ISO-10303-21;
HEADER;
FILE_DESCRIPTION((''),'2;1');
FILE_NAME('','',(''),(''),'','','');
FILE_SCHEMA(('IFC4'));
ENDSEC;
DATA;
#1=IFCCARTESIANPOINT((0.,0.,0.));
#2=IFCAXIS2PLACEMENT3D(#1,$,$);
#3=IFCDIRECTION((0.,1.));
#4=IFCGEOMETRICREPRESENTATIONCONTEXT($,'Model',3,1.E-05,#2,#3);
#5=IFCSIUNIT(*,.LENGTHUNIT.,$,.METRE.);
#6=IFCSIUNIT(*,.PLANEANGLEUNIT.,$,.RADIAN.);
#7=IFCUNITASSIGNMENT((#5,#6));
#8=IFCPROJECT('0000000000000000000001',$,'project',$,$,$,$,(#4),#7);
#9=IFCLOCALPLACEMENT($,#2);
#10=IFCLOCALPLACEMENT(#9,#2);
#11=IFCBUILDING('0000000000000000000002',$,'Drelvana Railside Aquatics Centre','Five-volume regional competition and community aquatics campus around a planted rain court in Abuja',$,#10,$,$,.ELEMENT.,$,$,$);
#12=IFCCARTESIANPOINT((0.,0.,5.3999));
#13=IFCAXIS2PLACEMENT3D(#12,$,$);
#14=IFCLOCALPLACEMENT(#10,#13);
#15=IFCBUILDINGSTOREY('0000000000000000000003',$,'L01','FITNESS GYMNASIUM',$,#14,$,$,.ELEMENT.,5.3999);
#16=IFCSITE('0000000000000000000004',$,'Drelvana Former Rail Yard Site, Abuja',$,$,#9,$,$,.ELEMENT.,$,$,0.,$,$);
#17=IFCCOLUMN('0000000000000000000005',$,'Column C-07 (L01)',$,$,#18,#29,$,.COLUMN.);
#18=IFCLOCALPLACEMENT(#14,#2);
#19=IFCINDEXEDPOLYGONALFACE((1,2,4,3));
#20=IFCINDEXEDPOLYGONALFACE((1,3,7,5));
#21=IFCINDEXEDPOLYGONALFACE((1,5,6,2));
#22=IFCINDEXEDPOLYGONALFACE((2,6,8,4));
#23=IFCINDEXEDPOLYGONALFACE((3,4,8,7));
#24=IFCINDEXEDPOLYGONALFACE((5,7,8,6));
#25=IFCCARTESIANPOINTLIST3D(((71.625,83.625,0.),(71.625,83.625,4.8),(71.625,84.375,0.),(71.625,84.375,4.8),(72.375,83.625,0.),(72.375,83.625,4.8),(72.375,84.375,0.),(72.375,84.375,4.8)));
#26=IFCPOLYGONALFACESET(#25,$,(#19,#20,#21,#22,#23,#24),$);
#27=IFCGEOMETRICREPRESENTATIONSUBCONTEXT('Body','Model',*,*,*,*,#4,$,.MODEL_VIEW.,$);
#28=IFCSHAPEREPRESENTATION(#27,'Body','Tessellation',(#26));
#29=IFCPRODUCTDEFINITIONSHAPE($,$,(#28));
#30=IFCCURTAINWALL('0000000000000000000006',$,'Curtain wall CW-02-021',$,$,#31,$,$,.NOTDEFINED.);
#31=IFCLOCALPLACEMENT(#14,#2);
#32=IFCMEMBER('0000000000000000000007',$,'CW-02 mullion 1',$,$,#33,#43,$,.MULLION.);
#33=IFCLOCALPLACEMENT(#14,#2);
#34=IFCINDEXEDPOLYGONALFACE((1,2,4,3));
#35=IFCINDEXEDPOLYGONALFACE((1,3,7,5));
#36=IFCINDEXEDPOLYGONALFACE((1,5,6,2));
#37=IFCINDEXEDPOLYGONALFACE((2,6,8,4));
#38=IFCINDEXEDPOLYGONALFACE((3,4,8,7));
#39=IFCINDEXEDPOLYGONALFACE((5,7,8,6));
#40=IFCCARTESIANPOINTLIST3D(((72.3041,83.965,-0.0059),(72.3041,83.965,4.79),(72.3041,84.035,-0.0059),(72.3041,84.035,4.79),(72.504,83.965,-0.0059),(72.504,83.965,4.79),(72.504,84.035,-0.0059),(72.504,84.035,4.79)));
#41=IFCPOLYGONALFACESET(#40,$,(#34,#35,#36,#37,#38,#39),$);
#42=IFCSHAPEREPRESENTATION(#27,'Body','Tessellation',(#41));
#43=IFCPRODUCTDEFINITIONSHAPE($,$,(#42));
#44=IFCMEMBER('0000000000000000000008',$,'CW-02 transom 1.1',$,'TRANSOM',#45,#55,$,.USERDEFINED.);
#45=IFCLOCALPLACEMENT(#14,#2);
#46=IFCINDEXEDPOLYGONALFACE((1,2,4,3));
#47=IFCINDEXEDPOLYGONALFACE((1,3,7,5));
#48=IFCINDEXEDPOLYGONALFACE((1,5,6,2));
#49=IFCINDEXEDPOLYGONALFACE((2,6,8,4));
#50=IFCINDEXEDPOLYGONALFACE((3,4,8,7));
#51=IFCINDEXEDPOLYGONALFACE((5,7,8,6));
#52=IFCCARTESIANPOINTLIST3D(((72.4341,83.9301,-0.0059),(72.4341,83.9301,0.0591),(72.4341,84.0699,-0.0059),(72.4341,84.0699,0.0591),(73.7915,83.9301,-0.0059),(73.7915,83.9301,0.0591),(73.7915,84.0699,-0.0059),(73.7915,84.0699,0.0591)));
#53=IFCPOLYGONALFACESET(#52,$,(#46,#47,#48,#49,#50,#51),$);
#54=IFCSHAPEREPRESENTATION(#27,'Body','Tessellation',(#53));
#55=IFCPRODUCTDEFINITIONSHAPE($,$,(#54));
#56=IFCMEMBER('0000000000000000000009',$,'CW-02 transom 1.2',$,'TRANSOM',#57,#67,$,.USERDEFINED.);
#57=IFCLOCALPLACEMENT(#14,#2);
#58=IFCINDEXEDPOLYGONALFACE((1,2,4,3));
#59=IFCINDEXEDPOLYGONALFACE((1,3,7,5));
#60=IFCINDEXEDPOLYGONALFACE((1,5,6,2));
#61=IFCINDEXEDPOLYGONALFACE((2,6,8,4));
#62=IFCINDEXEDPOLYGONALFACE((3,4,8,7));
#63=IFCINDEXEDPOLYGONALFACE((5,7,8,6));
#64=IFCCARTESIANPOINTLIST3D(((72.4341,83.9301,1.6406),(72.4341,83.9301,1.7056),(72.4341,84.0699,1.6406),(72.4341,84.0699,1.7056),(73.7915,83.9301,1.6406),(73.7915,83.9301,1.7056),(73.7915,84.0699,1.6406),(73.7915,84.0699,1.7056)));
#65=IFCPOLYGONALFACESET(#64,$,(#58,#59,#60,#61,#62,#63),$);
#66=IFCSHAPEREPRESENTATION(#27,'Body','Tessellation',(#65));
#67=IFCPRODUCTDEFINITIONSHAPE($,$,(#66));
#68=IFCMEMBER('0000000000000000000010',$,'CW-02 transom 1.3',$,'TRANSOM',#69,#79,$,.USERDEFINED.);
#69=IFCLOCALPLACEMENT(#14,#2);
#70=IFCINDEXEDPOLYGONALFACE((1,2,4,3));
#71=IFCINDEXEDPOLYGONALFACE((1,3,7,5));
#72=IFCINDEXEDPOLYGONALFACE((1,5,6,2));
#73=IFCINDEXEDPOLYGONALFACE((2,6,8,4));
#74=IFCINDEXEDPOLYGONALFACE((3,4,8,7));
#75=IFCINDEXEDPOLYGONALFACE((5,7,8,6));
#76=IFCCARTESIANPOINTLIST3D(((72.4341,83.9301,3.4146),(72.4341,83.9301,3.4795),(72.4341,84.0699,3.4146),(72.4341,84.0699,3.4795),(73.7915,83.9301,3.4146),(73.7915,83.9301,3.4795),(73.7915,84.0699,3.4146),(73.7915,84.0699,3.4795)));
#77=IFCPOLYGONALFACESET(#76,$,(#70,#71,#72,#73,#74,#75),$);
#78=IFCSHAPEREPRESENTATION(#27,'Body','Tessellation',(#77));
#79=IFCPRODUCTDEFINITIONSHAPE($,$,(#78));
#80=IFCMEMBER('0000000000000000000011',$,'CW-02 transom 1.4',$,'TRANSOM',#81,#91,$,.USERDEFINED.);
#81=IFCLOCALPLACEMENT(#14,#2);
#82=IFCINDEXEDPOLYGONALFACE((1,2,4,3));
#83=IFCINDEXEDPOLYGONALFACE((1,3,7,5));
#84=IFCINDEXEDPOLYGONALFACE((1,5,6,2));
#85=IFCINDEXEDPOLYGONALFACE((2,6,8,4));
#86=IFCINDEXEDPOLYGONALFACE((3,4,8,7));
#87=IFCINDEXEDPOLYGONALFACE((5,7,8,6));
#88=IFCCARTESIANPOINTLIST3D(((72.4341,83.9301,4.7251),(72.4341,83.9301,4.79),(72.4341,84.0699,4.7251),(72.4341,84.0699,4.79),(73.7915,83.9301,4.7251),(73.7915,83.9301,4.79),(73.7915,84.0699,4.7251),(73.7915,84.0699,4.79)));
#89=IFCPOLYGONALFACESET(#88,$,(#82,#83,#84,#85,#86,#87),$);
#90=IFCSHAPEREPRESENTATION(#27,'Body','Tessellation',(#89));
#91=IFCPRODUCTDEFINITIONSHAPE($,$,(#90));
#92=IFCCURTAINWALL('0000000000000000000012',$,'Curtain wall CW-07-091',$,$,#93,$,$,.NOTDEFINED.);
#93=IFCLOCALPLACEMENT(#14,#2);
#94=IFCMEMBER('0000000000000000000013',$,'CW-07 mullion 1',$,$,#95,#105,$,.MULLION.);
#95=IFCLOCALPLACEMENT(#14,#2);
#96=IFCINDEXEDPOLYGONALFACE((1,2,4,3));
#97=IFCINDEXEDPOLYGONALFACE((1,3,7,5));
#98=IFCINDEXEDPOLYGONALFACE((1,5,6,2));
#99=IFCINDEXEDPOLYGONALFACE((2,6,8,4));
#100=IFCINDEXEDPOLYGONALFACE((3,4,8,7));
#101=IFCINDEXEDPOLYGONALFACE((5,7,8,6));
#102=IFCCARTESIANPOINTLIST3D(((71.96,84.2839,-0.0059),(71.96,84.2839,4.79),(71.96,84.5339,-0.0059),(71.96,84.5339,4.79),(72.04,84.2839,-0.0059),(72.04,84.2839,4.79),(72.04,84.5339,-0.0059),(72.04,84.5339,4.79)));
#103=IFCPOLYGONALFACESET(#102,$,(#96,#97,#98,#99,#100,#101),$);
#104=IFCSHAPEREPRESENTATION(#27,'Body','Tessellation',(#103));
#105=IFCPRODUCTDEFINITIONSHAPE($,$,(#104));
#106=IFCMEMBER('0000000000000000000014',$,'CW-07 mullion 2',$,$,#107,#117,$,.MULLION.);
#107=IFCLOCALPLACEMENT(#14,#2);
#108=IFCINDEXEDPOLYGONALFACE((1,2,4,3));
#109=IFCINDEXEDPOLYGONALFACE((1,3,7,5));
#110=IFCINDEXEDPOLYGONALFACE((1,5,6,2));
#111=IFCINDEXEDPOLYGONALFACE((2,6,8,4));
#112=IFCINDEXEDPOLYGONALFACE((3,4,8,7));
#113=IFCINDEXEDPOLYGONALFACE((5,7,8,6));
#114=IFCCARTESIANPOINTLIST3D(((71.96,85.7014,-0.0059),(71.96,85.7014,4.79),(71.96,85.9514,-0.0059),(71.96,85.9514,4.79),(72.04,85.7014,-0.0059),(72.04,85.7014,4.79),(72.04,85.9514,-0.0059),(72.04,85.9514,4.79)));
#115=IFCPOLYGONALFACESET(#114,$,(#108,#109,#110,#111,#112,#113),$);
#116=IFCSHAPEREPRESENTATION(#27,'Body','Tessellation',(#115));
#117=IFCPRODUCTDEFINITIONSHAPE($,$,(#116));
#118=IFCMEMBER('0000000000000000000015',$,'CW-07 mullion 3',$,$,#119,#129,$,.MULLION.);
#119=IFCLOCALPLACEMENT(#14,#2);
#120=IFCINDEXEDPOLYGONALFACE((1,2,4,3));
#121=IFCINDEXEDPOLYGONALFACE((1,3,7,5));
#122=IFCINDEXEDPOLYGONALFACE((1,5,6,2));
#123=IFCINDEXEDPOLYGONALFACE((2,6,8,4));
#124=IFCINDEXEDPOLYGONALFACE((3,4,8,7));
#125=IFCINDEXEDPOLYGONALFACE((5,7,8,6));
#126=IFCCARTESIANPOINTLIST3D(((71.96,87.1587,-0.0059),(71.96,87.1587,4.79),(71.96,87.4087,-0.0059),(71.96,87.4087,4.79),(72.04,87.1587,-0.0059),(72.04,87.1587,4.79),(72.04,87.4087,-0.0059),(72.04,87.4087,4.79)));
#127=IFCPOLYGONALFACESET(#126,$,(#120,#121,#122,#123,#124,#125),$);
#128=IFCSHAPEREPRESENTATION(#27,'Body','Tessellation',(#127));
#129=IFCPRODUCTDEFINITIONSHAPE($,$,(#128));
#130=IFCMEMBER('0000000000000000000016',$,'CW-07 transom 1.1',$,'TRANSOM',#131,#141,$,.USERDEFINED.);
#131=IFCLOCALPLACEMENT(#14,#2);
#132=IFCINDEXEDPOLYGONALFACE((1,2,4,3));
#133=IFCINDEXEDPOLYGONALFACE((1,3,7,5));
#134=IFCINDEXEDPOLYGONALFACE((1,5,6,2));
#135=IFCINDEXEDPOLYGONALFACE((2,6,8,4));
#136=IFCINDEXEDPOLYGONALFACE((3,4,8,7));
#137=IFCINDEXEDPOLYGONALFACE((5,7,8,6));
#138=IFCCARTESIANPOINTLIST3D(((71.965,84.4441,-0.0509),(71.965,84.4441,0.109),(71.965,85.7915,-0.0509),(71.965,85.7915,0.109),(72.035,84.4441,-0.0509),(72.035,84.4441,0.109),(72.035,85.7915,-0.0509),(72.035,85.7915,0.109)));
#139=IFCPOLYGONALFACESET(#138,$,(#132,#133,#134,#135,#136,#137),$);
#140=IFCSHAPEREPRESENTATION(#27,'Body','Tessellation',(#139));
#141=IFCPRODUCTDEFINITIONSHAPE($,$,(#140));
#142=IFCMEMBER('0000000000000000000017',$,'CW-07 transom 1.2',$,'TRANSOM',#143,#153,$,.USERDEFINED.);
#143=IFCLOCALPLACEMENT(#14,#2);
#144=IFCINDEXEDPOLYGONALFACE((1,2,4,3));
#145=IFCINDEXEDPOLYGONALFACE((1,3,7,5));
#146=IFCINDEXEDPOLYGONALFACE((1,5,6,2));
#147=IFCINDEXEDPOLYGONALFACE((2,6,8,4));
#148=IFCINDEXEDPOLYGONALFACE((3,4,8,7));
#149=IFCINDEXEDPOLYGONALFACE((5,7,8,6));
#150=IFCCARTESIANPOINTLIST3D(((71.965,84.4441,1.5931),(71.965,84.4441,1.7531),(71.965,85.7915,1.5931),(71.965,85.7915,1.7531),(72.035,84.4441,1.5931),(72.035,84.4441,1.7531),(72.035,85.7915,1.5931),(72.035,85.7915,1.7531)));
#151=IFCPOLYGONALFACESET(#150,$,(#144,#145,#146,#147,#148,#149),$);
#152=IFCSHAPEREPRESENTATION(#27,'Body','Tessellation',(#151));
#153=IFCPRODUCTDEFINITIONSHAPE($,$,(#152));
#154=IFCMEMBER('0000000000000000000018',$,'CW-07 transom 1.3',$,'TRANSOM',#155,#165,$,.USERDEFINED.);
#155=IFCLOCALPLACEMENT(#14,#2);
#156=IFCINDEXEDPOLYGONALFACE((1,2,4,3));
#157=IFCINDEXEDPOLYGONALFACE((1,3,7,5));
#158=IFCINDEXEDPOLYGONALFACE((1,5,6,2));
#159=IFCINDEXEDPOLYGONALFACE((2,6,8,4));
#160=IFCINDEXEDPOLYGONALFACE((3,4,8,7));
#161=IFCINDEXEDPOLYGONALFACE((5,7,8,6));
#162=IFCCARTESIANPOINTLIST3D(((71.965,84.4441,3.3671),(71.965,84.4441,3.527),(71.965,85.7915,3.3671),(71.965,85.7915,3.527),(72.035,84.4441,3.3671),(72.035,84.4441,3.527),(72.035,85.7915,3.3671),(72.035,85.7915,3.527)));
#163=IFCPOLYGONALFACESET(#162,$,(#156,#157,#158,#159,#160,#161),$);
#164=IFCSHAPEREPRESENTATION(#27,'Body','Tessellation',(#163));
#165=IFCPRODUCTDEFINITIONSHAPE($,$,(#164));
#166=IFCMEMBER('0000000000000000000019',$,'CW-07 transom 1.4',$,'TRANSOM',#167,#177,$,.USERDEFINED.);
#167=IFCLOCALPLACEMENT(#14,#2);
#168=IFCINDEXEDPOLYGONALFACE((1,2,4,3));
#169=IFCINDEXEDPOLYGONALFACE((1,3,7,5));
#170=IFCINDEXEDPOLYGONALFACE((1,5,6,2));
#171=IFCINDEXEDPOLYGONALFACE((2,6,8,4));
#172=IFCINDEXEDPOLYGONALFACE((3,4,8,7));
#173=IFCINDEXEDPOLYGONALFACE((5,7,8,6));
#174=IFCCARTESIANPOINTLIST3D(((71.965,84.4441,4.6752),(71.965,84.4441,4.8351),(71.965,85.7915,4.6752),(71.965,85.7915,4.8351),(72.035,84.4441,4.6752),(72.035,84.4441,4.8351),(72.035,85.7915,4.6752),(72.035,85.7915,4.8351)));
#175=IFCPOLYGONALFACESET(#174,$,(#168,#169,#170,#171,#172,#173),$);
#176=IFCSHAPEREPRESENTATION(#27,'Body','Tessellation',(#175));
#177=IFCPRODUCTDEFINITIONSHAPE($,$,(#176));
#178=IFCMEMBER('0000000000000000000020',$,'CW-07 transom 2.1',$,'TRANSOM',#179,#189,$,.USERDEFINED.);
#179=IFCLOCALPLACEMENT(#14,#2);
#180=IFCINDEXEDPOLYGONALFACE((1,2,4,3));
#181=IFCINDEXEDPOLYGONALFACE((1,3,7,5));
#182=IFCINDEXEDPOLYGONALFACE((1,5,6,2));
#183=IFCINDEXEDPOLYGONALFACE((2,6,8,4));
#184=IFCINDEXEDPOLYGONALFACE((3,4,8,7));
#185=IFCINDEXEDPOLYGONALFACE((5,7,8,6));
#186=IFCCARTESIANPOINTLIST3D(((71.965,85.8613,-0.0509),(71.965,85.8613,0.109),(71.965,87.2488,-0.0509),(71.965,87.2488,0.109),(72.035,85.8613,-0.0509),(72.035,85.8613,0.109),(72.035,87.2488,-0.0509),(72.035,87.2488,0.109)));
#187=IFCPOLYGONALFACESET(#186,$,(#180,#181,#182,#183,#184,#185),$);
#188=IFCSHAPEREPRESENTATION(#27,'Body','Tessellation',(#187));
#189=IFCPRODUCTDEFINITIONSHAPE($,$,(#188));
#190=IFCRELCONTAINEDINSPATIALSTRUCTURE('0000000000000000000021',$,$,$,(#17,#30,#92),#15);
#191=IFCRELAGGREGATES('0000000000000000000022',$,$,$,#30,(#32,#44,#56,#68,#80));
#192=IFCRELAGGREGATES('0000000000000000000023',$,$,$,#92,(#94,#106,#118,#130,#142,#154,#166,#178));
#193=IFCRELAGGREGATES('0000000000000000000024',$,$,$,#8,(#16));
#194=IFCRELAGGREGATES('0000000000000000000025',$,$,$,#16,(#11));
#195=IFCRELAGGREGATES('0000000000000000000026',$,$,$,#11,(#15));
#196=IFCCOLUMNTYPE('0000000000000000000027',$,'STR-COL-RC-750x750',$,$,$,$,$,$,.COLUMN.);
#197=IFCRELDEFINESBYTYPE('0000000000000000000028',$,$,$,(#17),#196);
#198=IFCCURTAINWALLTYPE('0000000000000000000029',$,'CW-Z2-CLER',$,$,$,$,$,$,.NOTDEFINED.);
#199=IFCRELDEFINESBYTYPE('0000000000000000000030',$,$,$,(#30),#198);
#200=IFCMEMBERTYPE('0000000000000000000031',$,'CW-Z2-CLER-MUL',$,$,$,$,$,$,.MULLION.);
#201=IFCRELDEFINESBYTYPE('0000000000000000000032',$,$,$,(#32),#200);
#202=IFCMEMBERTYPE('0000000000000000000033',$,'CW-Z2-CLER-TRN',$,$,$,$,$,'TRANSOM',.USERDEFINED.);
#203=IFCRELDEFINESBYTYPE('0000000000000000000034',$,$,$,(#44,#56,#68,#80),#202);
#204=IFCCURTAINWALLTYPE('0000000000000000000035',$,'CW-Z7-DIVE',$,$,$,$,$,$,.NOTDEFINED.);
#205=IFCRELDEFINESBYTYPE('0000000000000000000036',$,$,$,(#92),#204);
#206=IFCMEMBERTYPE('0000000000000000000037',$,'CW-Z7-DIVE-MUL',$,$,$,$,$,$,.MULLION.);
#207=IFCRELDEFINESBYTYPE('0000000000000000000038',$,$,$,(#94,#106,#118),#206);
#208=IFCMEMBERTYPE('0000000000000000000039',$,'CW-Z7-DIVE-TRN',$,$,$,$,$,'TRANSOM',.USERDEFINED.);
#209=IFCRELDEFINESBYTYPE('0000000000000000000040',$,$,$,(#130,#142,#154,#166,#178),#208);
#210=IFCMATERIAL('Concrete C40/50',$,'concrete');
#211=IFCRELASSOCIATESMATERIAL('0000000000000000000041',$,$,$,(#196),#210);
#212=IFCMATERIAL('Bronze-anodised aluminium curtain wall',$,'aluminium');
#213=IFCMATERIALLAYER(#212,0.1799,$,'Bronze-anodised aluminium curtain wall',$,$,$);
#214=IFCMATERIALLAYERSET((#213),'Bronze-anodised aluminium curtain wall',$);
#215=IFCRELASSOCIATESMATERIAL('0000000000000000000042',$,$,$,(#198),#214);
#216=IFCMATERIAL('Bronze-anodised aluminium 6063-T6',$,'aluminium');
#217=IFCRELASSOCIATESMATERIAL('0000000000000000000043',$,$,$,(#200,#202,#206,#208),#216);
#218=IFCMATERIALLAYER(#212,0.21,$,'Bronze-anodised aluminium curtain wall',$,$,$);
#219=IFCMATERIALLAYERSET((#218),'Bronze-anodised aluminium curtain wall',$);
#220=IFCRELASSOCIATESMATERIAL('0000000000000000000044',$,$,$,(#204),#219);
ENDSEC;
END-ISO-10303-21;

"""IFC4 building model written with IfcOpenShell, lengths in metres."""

from ifc_helpers import new_model, si_unit, direction, frame, origin, origin_2d, place, context, subcontext, project, spatial, rectangle, extrude, material, layer, layer_set, material_profile, profile_set, type_object, element, aggregate, save


model = new_model("IFC4")

# Units and contexts
model_context = context("Model", 3, precision=1e-05, world=origin(), true_north=direction((0.0, 1.0)))
body_context = subcontext(model_context, "Body", "Model", "MODEL_VIEW")
ifc_project = project(units=[si_unit("LENGTHUNIT", "METRE"), si_unit("PLANEANGLEUNIT", "RADIAN")], contexts=[model_context])

# Site, building, storey
site_placement = place(None, origin())
site = spatial("IfcSite", under=ifc_project, at=site_placement, Name="Drelvana Former Rail Yard Site, Abuja", CompositionType="ELEMENT", RefElevation=0.0)
building_placement = place(site_placement, origin())
building = spatial("IfcBuilding", under=site, at=building_placement, Name="Drelvana Railside Aquatics Centre", Description="Five-volume regional competition and community aquatics campus around a planted rain court in Abuja", CompositionType="ELEMENT")
storey_placement = place(building_placement, frame((0.0, 0.0, 5.3999)))
storey = spatial("IfcBuildingStorey", under=building, at=storey_placement, Name="L01", Description="FITNESS GYMNASIUM", CompositionType="ELEMENT", Elevation=5.3999)

# Column
ifc_material_1 = material(Name="Concrete C40/50", Category="concrete")
ifc_material_profile_1 = material_profile(ifc_material_1, rectangle(XDim=0.75, YDim=0.75, at=origin_2d()), Name="RC 750x750")
ifc_profile_set_1 = profile_set([ifc_material_profile_1], Name="Concrete C40/50")
column_type = type_object("IfcColumnType", Name="STR-COL-RC-750x750", PredefinedType="COLUMN", material=ifc_profile_set_1)
column_placement = place(storey_placement, frame((72.0, 84.0, 0.0), z_axis=(0.0, 0.0, 1.0), x_axis=(1.0, 0.0, 0.0)))
element("IfcColumn", 1, at=column_placement, inside=storey, type_object=column_type, Name="Column C-07 (L01)", PredefinedType="COLUMN", context=body_context, shape_type="SweptSolid", body=[
    extrude(rectangle(XDim=0.75, YDim=0.75, at=origin_2d()), origin(), (0.0, 0.0, 1.0), 4.8),
])

# Curtain walls, members
ifc_material_2 = material(Name="Bronze-anodised aluminium curtain wall", Category="aluminium")
ifc_layer_1 = layer(ifc_material_2, 0.1799, Name="Bronze-anodised aluminium curtain wall")
ifc_layer_set_1 = layer_set([ifc_layer_1], Name="Bronze-anodised aluminium curtain wall")
curtain_wall_type_1 = type_object("IfcCurtainWallType", Name="CW-Z2-CLER", PredefinedType="NOTDEFINED", material=ifc_layer_set_1)
curtain_wall_1_placement = place(storey_placement, origin())
curtain_wall_1 = element("IfcCurtainWall", 2, at=curtain_wall_1_placement, inside=storey, type_object=curtain_wall_type_1, Name="Curtain wall CW-02-021", PredefinedType="NOTDEFINED")
ifc_material_3 = material(Name="Bronze-anodised aluminium 6063-T6", Category="aluminium")
ifc_material_profile_2 = material_profile(ifc_material_3, rectangle(XDim=0.0701, YDim=0.2, at=origin_2d()), Name="ALU-M 70x200")
ifc_profile_set_2 = profile_set([ifc_material_profile_2], Name="Bronze-anodised aluminium 6063-T6")
member_type_1 = type_object("IfcMemberType", Name="CW-Z2-CLER-MUL", PredefinedType="MULLION", material=ifc_profile_set_2)
member_1_placement = place(storey_placement, frame((72.4041, 84.0, -0.0059), z_axis=(0.0, 0.0, 1.0), x_axis=(0.0, 1.0, 0.0)))
member_1 = element("IfcMember", 3, at=member_1_placement, type_object=member_type_1, Name="CW-02 mullion 1", PredefinedType="MULLION", context=body_context, shape_type="SweptSolid", body=[
    extrude(rectangle(XDim=0.0701, YDim=0.2, at=origin_2d()), origin(), (0.0, 0.0, 1.0), 4.7959),
])
ifc_material_profile_3 = material_profile(ifc_material_3, rectangle(XDim=0.1399, YDim=0.0649, at=origin_2d()), Name="ALU-T 65x140")
ifc_profile_set_3 = profile_set([ifc_material_profile_3], Name="Bronze-anodised aluminium 6063-T6")
member_type_2 = type_object("IfcMemberType", Name="CW-Z2-CLER-TRN", ElementType="TRANSOM", PredefinedType="USERDEFINED", material=ifc_profile_set_3)
member_2_placement = place(storey_placement, frame((72.4341, 84.0, 0.0266), z_axis=(1.0, 0.0, 0.0), x_axis=(0.0, 1.0, 0.0)))
member_2 = element("IfcMember", 4, at=member_2_placement, type_object=member_type_2, Name="CW-02 transom 1.1", ObjectType="TRANSOM", PredefinedType="USERDEFINED", context=body_context, shape_type="SweptSolid", body=[
    extrude(rectangle(XDim=0.1399, YDim=0.0649, at=origin_2d()), origin(), (0.0, 0.0, 1.0), 1.3574),
])
member_3_placement = place(storey_placement, frame((72.4341, 84.0, 1.6731), z_axis=(1.0, 0.0, 0.0), x_axis=(0.0, 1.0, 0.0)))
member_3 = element("IfcMember", 5, at=member_3_placement, type_object=member_type_2, Name="CW-02 transom 1.2", ObjectType="TRANSOM", PredefinedType="USERDEFINED", context=body_context, shape_type="SweptSolid", body=[
    extrude(rectangle(XDim=0.1399, YDim=0.0649, at=origin_2d()), origin(), (0.0, 0.0, 1.0), 1.3574),
])
member_4_placement = place(storey_placement, frame((72.4341, 84.0, 3.447), z_axis=(1.0, 0.0, 0.0), x_axis=(0.0, 1.0, 0.0)))
member_4 = element("IfcMember", 6, at=member_4_placement, type_object=member_type_2, Name="CW-02 transom 1.3", ObjectType="TRANSOM", PredefinedType="USERDEFINED", context=body_context, shape_type="SweptSolid", body=[
    extrude(rectangle(XDim=0.1399, YDim=0.0649, at=origin_2d()), origin(), (0.0, 0.0, 1.0), 1.3574),
])
member_5_placement = place(storey_placement, frame((72.4341, 84.0, 4.7576), z_axis=(1.0, 0.0, 0.0), x_axis=(0.0, 1.0, 0.0)))
member_5 = element("IfcMember", 7, at=member_5_placement, type_object=member_type_2, Name="CW-02 transom 1.4", ObjectType="TRANSOM", PredefinedType="USERDEFINED", context=body_context, shape_type="SweptSolid", body=[
    extrude(rectangle(XDim=0.1399, YDim=0.0649, at=origin_2d()), origin(), (0.0, 0.0, 1.0), 1.3574),
])
aggregate(curtain_wall_1, [member_1, member_2, member_3, member_4, member_5])
ifc_layer_2 = layer(ifc_material_2, 0.21, Name="Bronze-anodised aluminium curtain wall")
ifc_layer_set_2 = layer_set([ifc_layer_2], Name="Bronze-anodised aluminium curtain wall")
curtain_wall_type_2 = type_object("IfcCurtainWallType", Name="CW-Z7-DIVE", PredefinedType="NOTDEFINED", material=ifc_layer_set_2)
curtain_wall_2_placement = place(storey_placement, origin())
curtain_wall_2 = element("IfcCurtainWall", 8, at=curtain_wall_2_placement, inside=storey, type_object=curtain_wall_type_2, Name="Curtain wall CW-07-091", PredefinedType="NOTDEFINED")
ifc_material_profile_4 = material_profile(ifc_material_3, rectangle(XDim=0.0801, YDim=0.25, at=origin_2d()), Name="ALU-M 80x250")
ifc_profile_set_4 = profile_set([ifc_material_profile_4], Name="Bronze-anodised aluminium 6063-T6")
member_type_3 = type_object("IfcMemberType", Name="CW-Z7-DIVE-MUL", PredefinedType="MULLION", material=ifc_profile_set_4)
member_6_placement = place(storey_placement, frame((72.0, 84.4089, -0.0059), z_axis=(0.0, 0.0, 1.0), x_axis=(-1.0, 0.0, 0.0)))
member_6 = element("IfcMember", 9, at=member_6_placement, type_object=member_type_3, Name="CW-07 mullion 1", PredefinedType="MULLION", context=body_context, shape_type="SweptSolid", body=[
    extrude(rectangle(XDim=0.0801, YDim=0.25, at=origin_2d()), origin(), (0.0, 0.0, 1.0), 4.7959),
])
member_7_placement = place(storey_placement, frame((72.0, 85.8264, -0.0059), z_axis=(0.0, 0.0, 1.0), x_axis=(-1.0, 0.0, 0.0)))
member_7 = element("IfcMember", 10, at=member_7_placement, type_object=member_type_3, Name="CW-07 mullion 2", PredefinedType="MULLION", context=body_context, shape_type="SweptSolid", body=[
    extrude(rectangle(XDim=0.0801, YDim=0.25, at=origin_2d()), origin(), (0.0, 0.0, 1.0), 4.7959),
])
member_8_placement = place(storey_placement, frame((72.0, 87.2837, -0.0059), z_axis=(0.0, 0.0, 1.0), x_axis=(-1.0, 0.0, 0.0)))
member_8 = element("IfcMember", 11, at=member_8_placement, type_object=member_type_3, Name="CW-07 mullion 3", PredefinedType="MULLION", context=body_context, shape_type="SweptSolid", body=[
    extrude(rectangle(XDim=0.0801, YDim=0.25, at=origin_2d()), origin(), (0.0, 0.0, 1.0), 4.7959),
])
ifc_material_profile_5 = material_profile(ifc_material_3, rectangle(XDim=0.1599, YDim=0.0701, at=origin_2d()), Name="ALU-T 70x160")
ifc_profile_set_5 = profile_set([ifc_material_profile_5], Name="Bronze-anodised aluminium 6063-T6")
member_type_4 = type_object("IfcMemberType", Name="CW-Z7-DIVE-TRN", ElementType="TRANSOM", PredefinedType="USERDEFINED", material=ifc_profile_set_5)
member_9_placement = place(storey_placement, frame((72.0, 84.4441, 0.0291), z_axis=(0.0, 1.0, 0.0), x_axis=(0.0, 0.0, 1.0)))
member_9 = element("IfcMember", 12, at=member_9_placement, type_object=member_type_4, Name="CW-07 transom 1.1", ObjectType="TRANSOM", PredefinedType="USERDEFINED", context=body_context, shape_type="SweptSolid", body=[
    extrude(rectangle(XDim=0.1599, YDim=0.0701, at=origin_2d()), origin(), (0.0, 0.0, 1.0), 1.3474),
])
member_10_placement = place(storey_placement, frame((72.0, 84.4441, 1.6731), z_axis=(0.0, 1.0, 0.0), x_axis=(0.0, 0.0, 1.0)))
member_10 = element("IfcMember", 13, at=member_10_placement, type_object=member_type_4, Name="CW-07 transom 1.2", ObjectType="TRANSOM", PredefinedType="USERDEFINED", context=body_context, shape_type="SweptSolid", body=[
    extrude(rectangle(XDim=0.1599, YDim=0.0701, at=origin_2d()), origin(), (0.0, 0.0, 1.0), 1.3474),
])
member_11_placement = place(storey_placement, frame((72.0, 84.4441, 3.447), z_axis=(0.0, 1.0, 0.0), x_axis=(0.0, 0.0, 1.0)))
member_11 = element("IfcMember", 14, at=member_11_placement, type_object=member_type_4, Name="CW-07 transom 1.3", ObjectType="TRANSOM", PredefinedType="USERDEFINED", context=body_context, shape_type="SweptSolid", body=[
    extrude(rectangle(XDim=0.1599, YDim=0.0701, at=origin_2d()), origin(), (0.0, 0.0, 1.0), 1.3474),
])
member_12_placement = place(storey_placement, frame((72.0, 84.4441, 4.7551), z_axis=(0.0, 1.0, 0.0), x_axis=(0.0, 0.0, 1.0)))
member_12 = element("IfcMember", 15, at=member_12_placement, type_object=member_type_4, Name="CW-07 transom 1.4", ObjectType="TRANSOM", PredefinedType="USERDEFINED", context=body_context, shape_type="SweptSolid", body=[
    extrude(rectangle(XDim=0.1599, YDim=0.0701, at=origin_2d()), origin(), (0.0, 0.0, 1.0), 1.3474),
])
member_13_placement = place(storey_placement, frame((72.0, 85.8613, 0.0291), z_axis=(0.0, 1.0, 0.0), x_axis=(0.0, 0.0, 1.0)))
member_13 = element("IfcMember", 16, at=member_13_placement, type_object=member_type_4, Name="CW-07 transom 2.1", ObjectType="TRANSOM", PredefinedType="USERDEFINED", context=body_context, shape_type="SweptSolid", body=[
    extrude(rectangle(XDim=0.1599, YDim=0.0701, at=origin_2d()), origin(), (0.0, 0.0, 1.0), 1.3875),
])

aggregate(curtain_wall_2, [member_6, member_7, member_8, member_9, member_10, member_11, member_12, member_13])

save(model, "model.ifc")
